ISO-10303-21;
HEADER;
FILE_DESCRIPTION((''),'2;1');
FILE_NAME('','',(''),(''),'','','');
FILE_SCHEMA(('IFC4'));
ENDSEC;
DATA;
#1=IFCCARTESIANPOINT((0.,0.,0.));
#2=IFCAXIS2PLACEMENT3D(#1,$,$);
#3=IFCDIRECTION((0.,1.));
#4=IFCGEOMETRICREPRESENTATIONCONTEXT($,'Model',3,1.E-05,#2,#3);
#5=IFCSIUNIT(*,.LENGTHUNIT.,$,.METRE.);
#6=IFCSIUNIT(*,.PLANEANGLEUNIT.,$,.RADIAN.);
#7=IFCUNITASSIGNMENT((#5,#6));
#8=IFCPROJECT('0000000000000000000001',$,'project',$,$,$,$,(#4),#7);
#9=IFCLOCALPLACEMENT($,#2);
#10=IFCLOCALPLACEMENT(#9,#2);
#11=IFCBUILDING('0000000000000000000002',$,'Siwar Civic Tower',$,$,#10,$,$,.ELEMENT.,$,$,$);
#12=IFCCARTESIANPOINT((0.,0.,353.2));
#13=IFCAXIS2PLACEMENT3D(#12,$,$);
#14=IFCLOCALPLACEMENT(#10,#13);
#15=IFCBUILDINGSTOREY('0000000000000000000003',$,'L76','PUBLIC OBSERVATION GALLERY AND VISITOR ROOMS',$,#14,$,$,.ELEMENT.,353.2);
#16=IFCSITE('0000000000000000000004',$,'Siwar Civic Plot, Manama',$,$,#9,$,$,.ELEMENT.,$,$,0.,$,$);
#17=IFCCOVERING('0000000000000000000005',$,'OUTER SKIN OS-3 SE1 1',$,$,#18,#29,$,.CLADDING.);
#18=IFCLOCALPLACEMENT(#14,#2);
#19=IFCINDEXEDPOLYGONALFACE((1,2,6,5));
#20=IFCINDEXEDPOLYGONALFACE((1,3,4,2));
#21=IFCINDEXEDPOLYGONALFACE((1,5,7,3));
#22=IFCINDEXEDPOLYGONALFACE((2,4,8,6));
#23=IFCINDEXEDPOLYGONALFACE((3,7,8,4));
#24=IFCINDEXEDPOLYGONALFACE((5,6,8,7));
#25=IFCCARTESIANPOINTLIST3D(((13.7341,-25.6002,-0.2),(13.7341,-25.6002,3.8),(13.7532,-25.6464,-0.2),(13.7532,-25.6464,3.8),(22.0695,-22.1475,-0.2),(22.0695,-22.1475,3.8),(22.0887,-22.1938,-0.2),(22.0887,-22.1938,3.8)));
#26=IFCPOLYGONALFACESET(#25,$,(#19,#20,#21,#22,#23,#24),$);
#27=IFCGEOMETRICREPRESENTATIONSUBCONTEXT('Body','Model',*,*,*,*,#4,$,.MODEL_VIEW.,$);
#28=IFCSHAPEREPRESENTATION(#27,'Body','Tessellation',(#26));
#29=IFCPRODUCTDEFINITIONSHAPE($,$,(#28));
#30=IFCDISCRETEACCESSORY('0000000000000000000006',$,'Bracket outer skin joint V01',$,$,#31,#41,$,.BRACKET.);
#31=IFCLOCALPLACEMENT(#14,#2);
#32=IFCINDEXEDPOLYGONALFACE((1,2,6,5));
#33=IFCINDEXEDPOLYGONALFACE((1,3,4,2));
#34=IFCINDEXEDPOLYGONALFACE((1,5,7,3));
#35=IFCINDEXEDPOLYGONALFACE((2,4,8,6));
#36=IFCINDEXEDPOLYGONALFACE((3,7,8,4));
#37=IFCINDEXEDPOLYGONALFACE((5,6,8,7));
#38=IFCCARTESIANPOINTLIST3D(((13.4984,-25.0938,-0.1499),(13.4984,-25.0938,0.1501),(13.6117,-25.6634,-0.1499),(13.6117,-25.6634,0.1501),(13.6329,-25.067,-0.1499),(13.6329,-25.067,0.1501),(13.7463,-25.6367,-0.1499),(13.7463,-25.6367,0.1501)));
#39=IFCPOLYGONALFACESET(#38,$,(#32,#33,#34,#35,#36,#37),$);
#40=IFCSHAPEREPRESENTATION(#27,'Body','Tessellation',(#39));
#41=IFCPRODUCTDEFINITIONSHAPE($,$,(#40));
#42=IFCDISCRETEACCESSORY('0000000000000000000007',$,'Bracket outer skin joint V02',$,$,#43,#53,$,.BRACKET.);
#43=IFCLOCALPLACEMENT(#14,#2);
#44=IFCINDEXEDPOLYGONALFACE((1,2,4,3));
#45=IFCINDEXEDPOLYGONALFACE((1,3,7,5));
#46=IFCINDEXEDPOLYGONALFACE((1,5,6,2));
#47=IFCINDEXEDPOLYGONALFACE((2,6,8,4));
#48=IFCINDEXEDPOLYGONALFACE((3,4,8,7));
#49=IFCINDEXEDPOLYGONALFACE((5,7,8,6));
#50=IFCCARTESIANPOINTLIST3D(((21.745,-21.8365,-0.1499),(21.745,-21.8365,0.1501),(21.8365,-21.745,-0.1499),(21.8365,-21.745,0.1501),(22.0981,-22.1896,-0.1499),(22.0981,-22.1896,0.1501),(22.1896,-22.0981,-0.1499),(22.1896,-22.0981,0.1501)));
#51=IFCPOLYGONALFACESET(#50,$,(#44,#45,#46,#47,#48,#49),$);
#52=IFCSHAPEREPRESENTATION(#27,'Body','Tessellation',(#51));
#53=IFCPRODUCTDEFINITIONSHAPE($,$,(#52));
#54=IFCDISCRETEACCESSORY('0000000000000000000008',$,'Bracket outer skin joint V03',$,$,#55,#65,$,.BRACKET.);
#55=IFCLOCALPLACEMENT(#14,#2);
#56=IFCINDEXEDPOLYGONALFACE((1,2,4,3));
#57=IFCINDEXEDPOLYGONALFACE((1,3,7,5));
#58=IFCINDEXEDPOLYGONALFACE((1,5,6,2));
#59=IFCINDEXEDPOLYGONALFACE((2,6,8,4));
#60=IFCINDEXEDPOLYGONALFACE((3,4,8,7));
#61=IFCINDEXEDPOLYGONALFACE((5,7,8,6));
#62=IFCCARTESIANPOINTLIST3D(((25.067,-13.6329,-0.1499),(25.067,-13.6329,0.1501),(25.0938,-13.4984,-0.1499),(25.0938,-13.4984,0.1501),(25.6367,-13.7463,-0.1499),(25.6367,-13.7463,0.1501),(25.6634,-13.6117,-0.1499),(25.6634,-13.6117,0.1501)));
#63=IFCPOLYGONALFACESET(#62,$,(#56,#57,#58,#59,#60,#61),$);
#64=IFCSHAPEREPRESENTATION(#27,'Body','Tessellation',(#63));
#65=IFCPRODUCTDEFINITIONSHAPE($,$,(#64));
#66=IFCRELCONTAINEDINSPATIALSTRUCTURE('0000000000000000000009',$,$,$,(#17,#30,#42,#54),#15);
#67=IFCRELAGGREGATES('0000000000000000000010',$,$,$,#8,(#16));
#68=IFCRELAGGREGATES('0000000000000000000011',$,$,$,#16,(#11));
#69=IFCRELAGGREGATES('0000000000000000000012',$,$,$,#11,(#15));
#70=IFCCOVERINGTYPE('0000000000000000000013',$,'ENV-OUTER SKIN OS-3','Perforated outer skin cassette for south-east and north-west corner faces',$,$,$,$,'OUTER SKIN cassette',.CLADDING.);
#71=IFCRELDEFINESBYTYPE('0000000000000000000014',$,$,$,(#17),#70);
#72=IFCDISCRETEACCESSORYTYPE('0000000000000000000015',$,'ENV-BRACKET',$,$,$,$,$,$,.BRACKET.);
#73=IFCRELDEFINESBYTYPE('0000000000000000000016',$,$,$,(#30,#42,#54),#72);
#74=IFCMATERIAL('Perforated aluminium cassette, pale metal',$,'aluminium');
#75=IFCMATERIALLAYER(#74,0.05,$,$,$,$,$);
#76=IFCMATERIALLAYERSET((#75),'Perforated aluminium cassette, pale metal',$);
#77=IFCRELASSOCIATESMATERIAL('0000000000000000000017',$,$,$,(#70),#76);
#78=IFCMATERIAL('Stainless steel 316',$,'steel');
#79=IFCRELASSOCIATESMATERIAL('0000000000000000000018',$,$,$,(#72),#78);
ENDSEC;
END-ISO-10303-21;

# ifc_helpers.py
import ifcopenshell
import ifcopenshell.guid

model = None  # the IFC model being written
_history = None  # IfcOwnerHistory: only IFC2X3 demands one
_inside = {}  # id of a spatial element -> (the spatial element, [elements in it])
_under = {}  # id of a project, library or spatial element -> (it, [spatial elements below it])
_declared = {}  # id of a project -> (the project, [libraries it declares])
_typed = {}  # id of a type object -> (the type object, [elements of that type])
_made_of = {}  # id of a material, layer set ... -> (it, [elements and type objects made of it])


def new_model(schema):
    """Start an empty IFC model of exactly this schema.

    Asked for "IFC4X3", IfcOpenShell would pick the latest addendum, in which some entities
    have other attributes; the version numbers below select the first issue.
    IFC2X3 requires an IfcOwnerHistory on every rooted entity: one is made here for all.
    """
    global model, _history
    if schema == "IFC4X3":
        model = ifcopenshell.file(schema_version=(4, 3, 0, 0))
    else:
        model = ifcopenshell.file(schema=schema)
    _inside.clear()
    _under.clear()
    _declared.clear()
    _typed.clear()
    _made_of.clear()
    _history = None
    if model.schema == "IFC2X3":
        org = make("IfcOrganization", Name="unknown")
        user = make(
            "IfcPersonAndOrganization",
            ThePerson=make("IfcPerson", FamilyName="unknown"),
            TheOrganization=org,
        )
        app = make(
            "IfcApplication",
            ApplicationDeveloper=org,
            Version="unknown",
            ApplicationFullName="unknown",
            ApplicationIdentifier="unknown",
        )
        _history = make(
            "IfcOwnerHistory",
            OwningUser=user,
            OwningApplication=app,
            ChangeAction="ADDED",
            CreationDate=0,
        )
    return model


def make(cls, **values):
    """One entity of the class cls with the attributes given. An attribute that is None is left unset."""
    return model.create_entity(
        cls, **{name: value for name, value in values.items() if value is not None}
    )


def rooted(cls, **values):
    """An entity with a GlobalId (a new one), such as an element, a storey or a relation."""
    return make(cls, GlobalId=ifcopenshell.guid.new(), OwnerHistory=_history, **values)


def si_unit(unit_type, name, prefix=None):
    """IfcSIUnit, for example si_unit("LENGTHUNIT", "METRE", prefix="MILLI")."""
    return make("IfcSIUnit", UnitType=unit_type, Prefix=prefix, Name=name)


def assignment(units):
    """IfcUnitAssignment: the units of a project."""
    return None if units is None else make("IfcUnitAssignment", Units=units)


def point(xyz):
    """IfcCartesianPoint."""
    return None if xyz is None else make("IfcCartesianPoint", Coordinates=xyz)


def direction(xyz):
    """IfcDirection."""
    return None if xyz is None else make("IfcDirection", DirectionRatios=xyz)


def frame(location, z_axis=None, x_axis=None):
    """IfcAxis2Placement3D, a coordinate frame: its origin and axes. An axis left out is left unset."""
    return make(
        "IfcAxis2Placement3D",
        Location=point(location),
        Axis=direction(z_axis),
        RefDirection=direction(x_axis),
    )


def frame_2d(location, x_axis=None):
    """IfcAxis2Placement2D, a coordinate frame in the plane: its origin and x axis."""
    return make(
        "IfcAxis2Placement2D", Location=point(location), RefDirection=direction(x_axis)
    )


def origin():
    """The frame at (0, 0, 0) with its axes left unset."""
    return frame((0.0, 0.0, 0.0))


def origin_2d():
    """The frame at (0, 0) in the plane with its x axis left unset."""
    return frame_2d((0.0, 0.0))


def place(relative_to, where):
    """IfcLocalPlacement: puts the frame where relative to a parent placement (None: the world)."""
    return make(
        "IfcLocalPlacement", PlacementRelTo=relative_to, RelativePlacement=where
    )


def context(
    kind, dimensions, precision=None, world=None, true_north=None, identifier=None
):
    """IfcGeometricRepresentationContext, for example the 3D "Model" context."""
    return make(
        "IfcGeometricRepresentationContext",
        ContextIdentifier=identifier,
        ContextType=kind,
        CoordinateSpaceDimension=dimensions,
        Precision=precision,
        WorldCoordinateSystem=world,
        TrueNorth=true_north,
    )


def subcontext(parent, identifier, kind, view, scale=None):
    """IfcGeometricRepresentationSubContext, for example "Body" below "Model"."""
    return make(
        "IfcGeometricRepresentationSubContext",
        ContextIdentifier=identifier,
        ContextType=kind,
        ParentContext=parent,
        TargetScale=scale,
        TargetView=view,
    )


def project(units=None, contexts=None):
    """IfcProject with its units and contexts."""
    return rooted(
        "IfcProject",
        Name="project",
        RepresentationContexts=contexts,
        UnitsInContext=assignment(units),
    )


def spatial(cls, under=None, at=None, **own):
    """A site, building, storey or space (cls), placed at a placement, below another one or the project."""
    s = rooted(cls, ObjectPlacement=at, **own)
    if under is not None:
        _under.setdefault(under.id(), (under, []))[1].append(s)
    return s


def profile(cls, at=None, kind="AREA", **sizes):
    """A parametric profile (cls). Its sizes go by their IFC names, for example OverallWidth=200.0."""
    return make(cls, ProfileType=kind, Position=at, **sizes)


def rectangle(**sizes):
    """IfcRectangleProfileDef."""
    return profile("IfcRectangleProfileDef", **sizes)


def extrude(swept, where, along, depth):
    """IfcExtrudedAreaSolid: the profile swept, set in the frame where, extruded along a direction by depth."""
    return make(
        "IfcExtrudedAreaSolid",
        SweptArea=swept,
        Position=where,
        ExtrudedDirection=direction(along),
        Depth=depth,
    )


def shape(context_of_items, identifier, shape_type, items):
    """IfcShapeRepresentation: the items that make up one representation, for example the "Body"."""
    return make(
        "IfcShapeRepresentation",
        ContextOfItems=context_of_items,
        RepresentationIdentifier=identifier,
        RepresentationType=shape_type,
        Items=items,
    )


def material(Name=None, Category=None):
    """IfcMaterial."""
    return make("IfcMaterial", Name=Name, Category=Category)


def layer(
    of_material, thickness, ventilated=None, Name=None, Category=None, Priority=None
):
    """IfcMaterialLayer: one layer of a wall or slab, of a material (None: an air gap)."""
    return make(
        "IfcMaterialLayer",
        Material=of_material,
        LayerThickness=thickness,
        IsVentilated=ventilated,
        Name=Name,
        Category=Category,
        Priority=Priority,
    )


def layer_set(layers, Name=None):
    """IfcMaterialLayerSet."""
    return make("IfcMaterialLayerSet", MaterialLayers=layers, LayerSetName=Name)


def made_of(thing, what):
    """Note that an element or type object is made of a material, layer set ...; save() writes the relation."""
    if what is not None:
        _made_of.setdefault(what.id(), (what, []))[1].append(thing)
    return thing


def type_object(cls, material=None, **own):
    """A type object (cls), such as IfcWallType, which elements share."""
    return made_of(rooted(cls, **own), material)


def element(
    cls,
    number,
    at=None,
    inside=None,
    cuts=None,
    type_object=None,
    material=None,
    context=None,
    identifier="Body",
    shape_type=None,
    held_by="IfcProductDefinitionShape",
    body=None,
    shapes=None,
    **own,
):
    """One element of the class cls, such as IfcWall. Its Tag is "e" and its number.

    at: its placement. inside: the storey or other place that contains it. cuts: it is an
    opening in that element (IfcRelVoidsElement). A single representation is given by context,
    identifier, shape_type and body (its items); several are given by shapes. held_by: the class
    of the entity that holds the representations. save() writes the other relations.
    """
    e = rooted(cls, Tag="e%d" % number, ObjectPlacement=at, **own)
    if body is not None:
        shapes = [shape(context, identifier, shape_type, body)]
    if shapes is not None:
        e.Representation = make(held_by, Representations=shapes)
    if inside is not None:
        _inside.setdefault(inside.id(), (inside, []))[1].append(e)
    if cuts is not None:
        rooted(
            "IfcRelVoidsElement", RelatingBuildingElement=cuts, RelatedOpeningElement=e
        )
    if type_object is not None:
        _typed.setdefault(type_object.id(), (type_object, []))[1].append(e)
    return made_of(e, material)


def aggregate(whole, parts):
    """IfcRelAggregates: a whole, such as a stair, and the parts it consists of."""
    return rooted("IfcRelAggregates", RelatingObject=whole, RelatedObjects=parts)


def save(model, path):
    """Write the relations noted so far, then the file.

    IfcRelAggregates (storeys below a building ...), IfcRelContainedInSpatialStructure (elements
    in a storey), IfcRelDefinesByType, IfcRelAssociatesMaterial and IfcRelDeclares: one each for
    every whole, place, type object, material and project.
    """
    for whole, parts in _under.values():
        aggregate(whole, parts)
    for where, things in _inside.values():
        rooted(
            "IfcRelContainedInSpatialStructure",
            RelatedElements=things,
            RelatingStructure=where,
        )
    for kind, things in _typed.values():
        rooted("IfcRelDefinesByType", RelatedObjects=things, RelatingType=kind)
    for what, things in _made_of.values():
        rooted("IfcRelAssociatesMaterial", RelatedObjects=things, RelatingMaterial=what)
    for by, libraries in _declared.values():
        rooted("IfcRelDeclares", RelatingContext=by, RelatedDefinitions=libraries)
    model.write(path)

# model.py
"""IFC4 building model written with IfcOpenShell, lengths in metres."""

from ifc_helpers import new_model, si_unit, direction, frame, origin, origin_2d, place, context, subcontext, project, spatial, rectangle, extrude, material, layer, layer_set, type_object, element, save


model = new_model("IFC4")

# Units and contexts
model_context = context("Model", 3, precision=1e-05, world=origin(), true_north=direction((0.0, 1.0)))
body_context = subcontext(model_context, "Body", "Model", "MODEL_VIEW")
ifc_project = project(units=[si_unit("LENGTHUNIT", "METRE"), si_unit("PLANEANGLEUNIT", "RADIAN")], contexts=[model_context])

# Site, building, storey
site_placement = place(None, origin())
site = spatial("IfcSite", under=ifc_project, at=site_placement, Name="Siwar Civic Plot, Manama", CompositionType="ELEMENT", RefElevation=0.0)
building_placement = place(site_placement, origin())
building = spatial("IfcBuilding", under=site, at=building_placement, Name="Siwar Civic Tower", CompositionType="ELEMENT")
storey_placement = place(building_placement, frame((0.0, 0.0, 353.2)))
storey = spatial("IfcBuildingStorey", under=building, at=storey_placement, Name="L76", Description="PUBLIC OBSERVATION GALLERY AND VISITOR ROOMS", CompositionType="ELEMENT", Elevation=353.2)

# Covering
ifc_material_1 = material(Name="Perforated aluminium cassette, pale metal", Category="aluminium")
ifc_layer_1 = layer(ifc_material_1, 0.05)
ifc_layer_set_1 = layer_set([ifc_layer_1], Name="Perforated aluminium cassette, pale metal")
covering_type_1 = type_object("IfcCoveringType", Name="ENV-OUTER SKIN OS-3", Description="Perforated outer skin cassette for south-east and north-west corner faces", ElementType="OUTER SKIN cassette", PredefinedType="CLADDING", material=ifc_layer_set_1)
covering_1_placement = place(storey_placement, frame((17.9114, -23.897, -0.2), z_axis=(0.0, 0.0, 1.0), x_axis=(0.92388, 0.382683, 0.0)))
element("IfcCovering", 1, at=covering_1_placement, inside=storey, type_object=covering_type_1, Name="OUTER SKIN OS-3 SE1 1", PredefinedType="CLADDING", context=body_context, shape_type="SweptSolid", body=[
    extrude(rectangle(XDim=9.0222, YDim=0.05, at=origin_2d()), origin(), (0.0, 0.0, 1.0), 4.0),
])

# Discrete accessories
ifc_material_2 = material(Name="Stainless steel 316", Category="steel")
discrete_accessory_type = type_object("IfcDiscreteAccessoryType", Name="ENV-BRACKET", PredefinedType="BRACKET", material=ifc_material_2)
discrete_accessory_1_placement = place(storey_placement, frame((13.6223, -25.3652, -0.1499), z_axis=(0.0, 0.0, 1.0), x_axis=(0.19509, -0.980785, 0.0)))
element("IfcDiscreteAccessory", 2, at=discrete_accessory_1_placement, inside=storey, type_object=discrete_accessory_type, Name="Bracket outer skin joint V01", PredefinedType="BRACKET", context=body_context, shape_type="SweptSolid", body=[
    extrude(rectangle(XDim=0.5808, YDim=0.1372, at=origin_2d()), origin(), (0.0, 0.0, 1.0), 0.3),
])
discrete_accessory_2_placement = place(storey_placement, frame((21.9673, -21.9673, -0.1499), z_axis=(0.0, 0.0, 1.0), x_axis=(0.707107, -0.707107, 0.0)))
element("IfcDiscreteAccessory", 3, at=discrete_accessory_2_placement, inside=storey, type_object=discrete_accessory_type, Name="Bracket outer skin joint V02", PredefinedType="BRACKET", context=body_context, shape_type="SweptSolid", body=[
    extrude(rectangle(XDim=0.4993, YDim=0.1294, at=origin_2d()), origin(), (0.0, 0.0, 1.0), 0.3),
])
discrete_accessory_3_placement = place(storey_placement, frame((25.3652, -13.6223, -0.1499), z_axis=(0.0, 0.0, 1.0), x_axis=(0.980785, -0.19509, 0.0)))
element("IfcDiscreteAccessory", 4, at=discrete_accessory_3_placement, inside=storey, type_object=discrete_accessory_type, Name="Bracket outer skin joint V03", PredefinedType="BRACKET", context=body_context, shape_type="SweptSolid", body=[
    extrude(rectangle(XDim=0.5808, YDim=0.1372, at=origin_2d()), origin(), (0.0, 0.0, 1.0), 0.3),
])

save(model, "model.ifc")
